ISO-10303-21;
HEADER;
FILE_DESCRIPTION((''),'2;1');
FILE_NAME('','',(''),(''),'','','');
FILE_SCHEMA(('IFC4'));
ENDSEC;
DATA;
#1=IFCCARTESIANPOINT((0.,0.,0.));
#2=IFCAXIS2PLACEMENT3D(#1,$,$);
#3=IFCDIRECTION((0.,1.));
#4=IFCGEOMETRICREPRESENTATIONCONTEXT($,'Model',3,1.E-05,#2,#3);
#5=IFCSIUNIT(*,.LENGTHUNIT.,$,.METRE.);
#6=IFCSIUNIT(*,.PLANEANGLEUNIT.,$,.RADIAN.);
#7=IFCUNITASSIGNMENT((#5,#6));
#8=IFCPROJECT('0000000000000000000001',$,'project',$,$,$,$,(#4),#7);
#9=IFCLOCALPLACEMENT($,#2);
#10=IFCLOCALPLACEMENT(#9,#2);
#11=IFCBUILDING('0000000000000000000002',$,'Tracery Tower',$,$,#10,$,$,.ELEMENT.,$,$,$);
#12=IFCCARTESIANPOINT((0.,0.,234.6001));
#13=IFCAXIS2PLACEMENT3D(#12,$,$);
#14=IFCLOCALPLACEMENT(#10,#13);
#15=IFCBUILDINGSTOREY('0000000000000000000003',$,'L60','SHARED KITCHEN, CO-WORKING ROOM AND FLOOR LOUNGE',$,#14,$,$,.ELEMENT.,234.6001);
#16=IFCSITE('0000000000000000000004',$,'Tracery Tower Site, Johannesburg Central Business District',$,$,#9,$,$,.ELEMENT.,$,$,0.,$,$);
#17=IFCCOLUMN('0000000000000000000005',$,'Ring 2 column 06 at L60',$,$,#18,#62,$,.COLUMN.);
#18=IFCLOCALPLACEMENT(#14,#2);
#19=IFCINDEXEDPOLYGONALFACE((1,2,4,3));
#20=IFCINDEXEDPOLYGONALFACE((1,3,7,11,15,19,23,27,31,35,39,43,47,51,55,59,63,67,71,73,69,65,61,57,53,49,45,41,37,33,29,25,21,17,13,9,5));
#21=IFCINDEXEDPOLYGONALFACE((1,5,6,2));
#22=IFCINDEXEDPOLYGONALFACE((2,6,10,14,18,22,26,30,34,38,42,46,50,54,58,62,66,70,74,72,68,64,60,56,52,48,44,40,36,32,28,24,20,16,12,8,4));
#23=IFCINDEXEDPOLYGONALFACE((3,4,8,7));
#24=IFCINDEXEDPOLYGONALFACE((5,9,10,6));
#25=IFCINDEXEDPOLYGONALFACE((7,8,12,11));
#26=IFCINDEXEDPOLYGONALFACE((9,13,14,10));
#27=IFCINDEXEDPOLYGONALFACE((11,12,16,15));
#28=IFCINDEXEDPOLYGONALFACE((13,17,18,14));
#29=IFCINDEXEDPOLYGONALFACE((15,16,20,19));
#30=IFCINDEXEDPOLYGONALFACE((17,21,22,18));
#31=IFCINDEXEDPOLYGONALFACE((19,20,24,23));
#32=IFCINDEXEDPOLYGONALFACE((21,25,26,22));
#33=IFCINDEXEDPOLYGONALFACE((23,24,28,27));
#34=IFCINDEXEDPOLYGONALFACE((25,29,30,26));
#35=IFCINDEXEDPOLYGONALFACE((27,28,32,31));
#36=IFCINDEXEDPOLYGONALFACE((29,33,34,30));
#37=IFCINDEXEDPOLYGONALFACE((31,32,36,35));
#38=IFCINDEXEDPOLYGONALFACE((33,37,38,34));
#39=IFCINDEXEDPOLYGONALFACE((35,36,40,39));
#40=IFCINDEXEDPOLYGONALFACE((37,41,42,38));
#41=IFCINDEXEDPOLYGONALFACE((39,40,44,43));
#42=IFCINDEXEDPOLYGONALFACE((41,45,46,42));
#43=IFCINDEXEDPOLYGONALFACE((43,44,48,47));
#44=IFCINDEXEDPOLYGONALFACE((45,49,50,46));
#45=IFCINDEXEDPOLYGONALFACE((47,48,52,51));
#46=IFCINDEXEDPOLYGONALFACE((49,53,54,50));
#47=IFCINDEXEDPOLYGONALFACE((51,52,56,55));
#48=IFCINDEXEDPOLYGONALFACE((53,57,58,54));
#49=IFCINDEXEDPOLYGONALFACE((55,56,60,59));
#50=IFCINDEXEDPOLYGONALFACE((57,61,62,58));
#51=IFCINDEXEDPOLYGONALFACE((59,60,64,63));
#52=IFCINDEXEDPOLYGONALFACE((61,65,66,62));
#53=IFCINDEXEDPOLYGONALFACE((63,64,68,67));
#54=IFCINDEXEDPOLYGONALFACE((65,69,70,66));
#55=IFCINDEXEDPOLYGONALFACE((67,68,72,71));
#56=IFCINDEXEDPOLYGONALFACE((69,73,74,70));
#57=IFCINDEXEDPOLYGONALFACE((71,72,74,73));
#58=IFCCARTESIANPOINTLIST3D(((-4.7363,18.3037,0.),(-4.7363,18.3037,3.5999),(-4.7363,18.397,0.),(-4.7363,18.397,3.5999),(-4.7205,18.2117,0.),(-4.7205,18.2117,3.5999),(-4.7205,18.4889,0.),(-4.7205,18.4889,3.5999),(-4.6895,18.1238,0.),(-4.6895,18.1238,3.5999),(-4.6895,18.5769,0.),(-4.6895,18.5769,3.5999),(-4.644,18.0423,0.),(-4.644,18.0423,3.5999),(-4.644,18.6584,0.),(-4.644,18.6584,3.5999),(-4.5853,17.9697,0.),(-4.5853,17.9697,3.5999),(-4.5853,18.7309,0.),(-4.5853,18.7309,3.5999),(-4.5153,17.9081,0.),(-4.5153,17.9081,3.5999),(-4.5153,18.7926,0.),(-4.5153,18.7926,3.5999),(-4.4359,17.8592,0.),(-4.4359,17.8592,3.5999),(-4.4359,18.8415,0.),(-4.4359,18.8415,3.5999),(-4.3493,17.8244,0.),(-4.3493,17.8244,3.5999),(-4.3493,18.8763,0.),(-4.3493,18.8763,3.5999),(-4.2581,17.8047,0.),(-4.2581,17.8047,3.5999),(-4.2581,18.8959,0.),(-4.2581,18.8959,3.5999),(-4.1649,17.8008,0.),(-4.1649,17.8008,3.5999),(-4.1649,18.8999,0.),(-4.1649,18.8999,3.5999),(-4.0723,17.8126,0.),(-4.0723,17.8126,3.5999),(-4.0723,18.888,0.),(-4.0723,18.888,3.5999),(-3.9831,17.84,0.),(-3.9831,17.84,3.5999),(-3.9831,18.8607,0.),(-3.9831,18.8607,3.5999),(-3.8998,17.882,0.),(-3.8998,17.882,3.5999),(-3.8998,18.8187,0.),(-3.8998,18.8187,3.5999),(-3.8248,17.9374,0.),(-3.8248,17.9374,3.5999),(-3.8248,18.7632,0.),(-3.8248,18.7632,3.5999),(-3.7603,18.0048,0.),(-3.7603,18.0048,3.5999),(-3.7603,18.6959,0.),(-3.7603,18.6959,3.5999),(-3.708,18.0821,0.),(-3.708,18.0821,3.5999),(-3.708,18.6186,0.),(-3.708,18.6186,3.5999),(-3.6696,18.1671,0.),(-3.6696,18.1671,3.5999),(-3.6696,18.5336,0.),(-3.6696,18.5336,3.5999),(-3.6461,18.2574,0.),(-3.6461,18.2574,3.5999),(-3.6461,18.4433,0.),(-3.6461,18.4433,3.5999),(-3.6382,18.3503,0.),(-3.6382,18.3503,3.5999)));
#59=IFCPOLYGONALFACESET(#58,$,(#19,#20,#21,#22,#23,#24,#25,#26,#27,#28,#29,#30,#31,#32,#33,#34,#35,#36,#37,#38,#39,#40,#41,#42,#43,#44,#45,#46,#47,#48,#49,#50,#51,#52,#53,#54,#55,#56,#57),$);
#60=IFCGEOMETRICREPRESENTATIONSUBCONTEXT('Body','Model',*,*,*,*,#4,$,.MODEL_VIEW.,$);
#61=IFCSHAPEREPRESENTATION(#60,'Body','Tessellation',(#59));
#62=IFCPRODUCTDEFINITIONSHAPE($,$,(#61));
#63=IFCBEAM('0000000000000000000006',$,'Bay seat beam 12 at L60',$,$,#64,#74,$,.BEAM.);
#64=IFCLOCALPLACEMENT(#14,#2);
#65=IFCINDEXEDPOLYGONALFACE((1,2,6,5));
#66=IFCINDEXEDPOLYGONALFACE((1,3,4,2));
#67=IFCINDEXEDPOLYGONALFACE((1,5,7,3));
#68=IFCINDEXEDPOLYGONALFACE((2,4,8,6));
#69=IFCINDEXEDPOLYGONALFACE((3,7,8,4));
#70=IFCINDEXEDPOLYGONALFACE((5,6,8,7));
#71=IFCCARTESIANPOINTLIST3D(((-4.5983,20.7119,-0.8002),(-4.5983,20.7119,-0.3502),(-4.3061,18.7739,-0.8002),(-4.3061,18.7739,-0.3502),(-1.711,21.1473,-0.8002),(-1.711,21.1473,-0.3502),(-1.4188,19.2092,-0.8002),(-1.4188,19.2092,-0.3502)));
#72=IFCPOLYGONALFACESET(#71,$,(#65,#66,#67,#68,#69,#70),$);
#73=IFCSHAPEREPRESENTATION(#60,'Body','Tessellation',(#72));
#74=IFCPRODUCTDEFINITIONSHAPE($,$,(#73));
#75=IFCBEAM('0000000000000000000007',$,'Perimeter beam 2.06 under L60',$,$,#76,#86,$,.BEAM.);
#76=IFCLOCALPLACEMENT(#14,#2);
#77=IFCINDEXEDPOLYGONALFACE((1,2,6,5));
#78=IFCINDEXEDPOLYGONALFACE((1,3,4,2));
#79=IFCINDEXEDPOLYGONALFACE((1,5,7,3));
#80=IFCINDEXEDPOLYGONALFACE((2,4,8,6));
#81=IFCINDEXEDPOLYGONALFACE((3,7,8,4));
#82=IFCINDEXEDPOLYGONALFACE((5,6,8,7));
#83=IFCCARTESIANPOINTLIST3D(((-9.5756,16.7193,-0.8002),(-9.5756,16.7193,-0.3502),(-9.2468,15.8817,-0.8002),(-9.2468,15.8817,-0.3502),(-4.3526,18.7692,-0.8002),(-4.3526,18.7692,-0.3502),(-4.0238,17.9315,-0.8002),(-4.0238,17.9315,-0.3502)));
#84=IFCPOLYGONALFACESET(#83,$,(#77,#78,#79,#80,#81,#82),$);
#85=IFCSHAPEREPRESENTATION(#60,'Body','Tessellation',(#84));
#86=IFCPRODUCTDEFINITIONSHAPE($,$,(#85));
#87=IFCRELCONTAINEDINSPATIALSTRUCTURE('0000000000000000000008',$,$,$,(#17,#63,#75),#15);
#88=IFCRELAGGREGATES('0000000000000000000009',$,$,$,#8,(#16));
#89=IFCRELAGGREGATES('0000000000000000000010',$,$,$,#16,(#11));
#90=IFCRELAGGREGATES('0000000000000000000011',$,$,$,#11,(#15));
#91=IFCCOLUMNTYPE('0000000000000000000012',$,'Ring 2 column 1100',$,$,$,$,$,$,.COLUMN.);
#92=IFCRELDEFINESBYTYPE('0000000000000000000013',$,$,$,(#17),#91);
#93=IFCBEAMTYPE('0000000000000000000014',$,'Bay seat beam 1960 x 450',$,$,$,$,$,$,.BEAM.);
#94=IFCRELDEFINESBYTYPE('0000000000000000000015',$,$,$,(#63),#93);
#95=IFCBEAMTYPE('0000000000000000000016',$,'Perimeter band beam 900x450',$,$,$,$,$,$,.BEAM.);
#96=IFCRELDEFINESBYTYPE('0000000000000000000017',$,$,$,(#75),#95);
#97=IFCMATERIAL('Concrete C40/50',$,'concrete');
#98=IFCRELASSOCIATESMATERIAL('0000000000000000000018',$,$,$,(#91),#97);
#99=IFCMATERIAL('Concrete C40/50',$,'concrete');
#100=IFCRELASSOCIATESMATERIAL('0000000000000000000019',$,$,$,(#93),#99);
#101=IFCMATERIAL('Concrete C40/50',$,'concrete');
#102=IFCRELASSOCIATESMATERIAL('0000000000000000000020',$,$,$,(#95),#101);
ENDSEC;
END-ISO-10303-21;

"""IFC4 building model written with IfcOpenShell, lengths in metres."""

from ifc_helpers import new_model, si_unit, direction, frame, origin, origin_2d, place, context, subcontext, project, spatial, rectangle, circle, extrude, material, material_profile, profile_set, type_object, element, save


model = new_model("IFC4")

# Units and contexts
model_context = context("Model", 3, precision=1e-05, world=origin(), true_north=direction((0.0, 1.0)))
body_context = subcontext(model_context, "Body", "Model", "MODEL_VIEW")
ifc_project = project(units=[si_unit("LENGTHUNIT", "METRE"), si_unit("PLANEANGLEUNIT", "RADIAN")], contexts=[model_context])

# Site, building, storey
site_placement = place(None, origin())
site = spatial("IfcSite", under=ifc_project, at=site_placement, Name="Tracery Tower Site, Johannesburg Central Business District", CompositionType="ELEMENT", RefElevation=0.0)
building_placement = place(site_placement, origin())
building = spatial("IfcBuilding", under=site, at=building_placement, Name="Tracery Tower", CompositionType="ELEMENT")
storey_placement = place(building_placement, frame((0.0, 0.0, 234.6001)))
storey = spatial("IfcBuildingStorey", under=building, at=storey_placement, Name="L60", Description="SHARED KITCHEN, CO-WORKING ROOM AND FLOOR LOUNGE", CompositionType="ELEMENT", Elevation=234.6001)

# Column
ifc_material_1 = material(Name="Concrete C40/50", Category="concrete")
ifc_material_profile_1 = material_profile(ifc_material_1, circle(Radius=0.55, at=origin_2d()), Name="RC D1100")
ifc_profile_set_1 = profile_set([ifc_material_profile_1], Name="Concrete C40/50")
column_type = type_object("IfcColumnType", Name="Ring 2 column 1100", PredefinedType="COLUMN", material=ifc_profile_set_1)
column_placement = place(storey_placement, frame((-4.1882, 18.3503, 0.0), z_axis=(0.0, 0.0, 1.0), x_axis=(1.0, 0.0, 0.0)))
element("IfcColumn", 1, at=column_placement, inside=storey, type_object=column_type, Name="Ring 2 column 06 at L60", PredefinedType="COLUMN", context=body_context, shape_type="SweptSolid", body=[
    extrude(circle(Radius=0.55, at=origin_2d()), origin(), (0.0, 0.0, 1.0), 3.5999),
])

# Beams
ifc_material_2 = material(Name="Concrete C40/50", Category="concrete")
ifc_material_profile_2 = material_profile(ifc_material_2, rectangle(XDim=1.96, YDim=0.45, at=origin_2d()), Name="RC 1960x450")
ifc_profile_set_2 = profile_set([ifc_material_profile_2], Name="Concrete C40/50")
beam_type_1 = type_object("IfcBeamType", Name="Bay seat beam 1960 x 450", PredefinedType="BEAM", material=ifc_profile_set_2)
beam_1_placement = place(storey_placement, frame((-1.5649, 20.1782, -0.5752), z_axis=(-0.988824, -0.149085, 0.0), x_axis=(0.149085, -0.988824, 0.0)))
element("IfcBeam", 2, at=beam_1_placement, inside=storey, type_object=beam_type_1, Name="Bay seat beam 12 at L60", PredefinedType="BEAM", context=body_context, shape_type="SweptSolid", body=[
    extrude(rectangle(XDim=1.96, YDim=0.45, at=origin_2d()), origin(), (0.0, 0.0, 1.0), 2.9199),
])
ifc_material_3 = material(Name="Concrete C40/50", Category="concrete")
ifc_material_profile_3 = material_profile(ifc_material_3, rectangle(XDim=0.8999, YDim=0.45, at=origin_2d()), Name="RC 900x450")
ifc_profile_set_3 = profile_set([ifc_material_profile_3], Name="Concrete C40/50")
beam_type_2 = type_object("IfcBeamType", Name="Perimeter band beam 900x450", PredefinedType="BEAM", material=ifc_profile_set_3)
beam_2_placement = place(storey_placement, frame((-4.1882, 18.3503, -0.5752), z_axis=(-0.930876, -0.365336, 0.0), x_axis=(0.365336, -0.930876, 0.0)))
element("IfcBeam", 3, at=beam_2_placement, inside=storey, type_object=beam_type_2, Name="Perimeter beam 2.06 under L60", PredefinedType="BEAM", context=body_context, shape_type="SweptSolid", body=[
    extrude(rectangle(XDim=0.8999, YDim=0.45, at=origin_2d()), origin(), (0.0, 0.0, 1.0), 5.6108),
])

save(model, "model.ifc")
